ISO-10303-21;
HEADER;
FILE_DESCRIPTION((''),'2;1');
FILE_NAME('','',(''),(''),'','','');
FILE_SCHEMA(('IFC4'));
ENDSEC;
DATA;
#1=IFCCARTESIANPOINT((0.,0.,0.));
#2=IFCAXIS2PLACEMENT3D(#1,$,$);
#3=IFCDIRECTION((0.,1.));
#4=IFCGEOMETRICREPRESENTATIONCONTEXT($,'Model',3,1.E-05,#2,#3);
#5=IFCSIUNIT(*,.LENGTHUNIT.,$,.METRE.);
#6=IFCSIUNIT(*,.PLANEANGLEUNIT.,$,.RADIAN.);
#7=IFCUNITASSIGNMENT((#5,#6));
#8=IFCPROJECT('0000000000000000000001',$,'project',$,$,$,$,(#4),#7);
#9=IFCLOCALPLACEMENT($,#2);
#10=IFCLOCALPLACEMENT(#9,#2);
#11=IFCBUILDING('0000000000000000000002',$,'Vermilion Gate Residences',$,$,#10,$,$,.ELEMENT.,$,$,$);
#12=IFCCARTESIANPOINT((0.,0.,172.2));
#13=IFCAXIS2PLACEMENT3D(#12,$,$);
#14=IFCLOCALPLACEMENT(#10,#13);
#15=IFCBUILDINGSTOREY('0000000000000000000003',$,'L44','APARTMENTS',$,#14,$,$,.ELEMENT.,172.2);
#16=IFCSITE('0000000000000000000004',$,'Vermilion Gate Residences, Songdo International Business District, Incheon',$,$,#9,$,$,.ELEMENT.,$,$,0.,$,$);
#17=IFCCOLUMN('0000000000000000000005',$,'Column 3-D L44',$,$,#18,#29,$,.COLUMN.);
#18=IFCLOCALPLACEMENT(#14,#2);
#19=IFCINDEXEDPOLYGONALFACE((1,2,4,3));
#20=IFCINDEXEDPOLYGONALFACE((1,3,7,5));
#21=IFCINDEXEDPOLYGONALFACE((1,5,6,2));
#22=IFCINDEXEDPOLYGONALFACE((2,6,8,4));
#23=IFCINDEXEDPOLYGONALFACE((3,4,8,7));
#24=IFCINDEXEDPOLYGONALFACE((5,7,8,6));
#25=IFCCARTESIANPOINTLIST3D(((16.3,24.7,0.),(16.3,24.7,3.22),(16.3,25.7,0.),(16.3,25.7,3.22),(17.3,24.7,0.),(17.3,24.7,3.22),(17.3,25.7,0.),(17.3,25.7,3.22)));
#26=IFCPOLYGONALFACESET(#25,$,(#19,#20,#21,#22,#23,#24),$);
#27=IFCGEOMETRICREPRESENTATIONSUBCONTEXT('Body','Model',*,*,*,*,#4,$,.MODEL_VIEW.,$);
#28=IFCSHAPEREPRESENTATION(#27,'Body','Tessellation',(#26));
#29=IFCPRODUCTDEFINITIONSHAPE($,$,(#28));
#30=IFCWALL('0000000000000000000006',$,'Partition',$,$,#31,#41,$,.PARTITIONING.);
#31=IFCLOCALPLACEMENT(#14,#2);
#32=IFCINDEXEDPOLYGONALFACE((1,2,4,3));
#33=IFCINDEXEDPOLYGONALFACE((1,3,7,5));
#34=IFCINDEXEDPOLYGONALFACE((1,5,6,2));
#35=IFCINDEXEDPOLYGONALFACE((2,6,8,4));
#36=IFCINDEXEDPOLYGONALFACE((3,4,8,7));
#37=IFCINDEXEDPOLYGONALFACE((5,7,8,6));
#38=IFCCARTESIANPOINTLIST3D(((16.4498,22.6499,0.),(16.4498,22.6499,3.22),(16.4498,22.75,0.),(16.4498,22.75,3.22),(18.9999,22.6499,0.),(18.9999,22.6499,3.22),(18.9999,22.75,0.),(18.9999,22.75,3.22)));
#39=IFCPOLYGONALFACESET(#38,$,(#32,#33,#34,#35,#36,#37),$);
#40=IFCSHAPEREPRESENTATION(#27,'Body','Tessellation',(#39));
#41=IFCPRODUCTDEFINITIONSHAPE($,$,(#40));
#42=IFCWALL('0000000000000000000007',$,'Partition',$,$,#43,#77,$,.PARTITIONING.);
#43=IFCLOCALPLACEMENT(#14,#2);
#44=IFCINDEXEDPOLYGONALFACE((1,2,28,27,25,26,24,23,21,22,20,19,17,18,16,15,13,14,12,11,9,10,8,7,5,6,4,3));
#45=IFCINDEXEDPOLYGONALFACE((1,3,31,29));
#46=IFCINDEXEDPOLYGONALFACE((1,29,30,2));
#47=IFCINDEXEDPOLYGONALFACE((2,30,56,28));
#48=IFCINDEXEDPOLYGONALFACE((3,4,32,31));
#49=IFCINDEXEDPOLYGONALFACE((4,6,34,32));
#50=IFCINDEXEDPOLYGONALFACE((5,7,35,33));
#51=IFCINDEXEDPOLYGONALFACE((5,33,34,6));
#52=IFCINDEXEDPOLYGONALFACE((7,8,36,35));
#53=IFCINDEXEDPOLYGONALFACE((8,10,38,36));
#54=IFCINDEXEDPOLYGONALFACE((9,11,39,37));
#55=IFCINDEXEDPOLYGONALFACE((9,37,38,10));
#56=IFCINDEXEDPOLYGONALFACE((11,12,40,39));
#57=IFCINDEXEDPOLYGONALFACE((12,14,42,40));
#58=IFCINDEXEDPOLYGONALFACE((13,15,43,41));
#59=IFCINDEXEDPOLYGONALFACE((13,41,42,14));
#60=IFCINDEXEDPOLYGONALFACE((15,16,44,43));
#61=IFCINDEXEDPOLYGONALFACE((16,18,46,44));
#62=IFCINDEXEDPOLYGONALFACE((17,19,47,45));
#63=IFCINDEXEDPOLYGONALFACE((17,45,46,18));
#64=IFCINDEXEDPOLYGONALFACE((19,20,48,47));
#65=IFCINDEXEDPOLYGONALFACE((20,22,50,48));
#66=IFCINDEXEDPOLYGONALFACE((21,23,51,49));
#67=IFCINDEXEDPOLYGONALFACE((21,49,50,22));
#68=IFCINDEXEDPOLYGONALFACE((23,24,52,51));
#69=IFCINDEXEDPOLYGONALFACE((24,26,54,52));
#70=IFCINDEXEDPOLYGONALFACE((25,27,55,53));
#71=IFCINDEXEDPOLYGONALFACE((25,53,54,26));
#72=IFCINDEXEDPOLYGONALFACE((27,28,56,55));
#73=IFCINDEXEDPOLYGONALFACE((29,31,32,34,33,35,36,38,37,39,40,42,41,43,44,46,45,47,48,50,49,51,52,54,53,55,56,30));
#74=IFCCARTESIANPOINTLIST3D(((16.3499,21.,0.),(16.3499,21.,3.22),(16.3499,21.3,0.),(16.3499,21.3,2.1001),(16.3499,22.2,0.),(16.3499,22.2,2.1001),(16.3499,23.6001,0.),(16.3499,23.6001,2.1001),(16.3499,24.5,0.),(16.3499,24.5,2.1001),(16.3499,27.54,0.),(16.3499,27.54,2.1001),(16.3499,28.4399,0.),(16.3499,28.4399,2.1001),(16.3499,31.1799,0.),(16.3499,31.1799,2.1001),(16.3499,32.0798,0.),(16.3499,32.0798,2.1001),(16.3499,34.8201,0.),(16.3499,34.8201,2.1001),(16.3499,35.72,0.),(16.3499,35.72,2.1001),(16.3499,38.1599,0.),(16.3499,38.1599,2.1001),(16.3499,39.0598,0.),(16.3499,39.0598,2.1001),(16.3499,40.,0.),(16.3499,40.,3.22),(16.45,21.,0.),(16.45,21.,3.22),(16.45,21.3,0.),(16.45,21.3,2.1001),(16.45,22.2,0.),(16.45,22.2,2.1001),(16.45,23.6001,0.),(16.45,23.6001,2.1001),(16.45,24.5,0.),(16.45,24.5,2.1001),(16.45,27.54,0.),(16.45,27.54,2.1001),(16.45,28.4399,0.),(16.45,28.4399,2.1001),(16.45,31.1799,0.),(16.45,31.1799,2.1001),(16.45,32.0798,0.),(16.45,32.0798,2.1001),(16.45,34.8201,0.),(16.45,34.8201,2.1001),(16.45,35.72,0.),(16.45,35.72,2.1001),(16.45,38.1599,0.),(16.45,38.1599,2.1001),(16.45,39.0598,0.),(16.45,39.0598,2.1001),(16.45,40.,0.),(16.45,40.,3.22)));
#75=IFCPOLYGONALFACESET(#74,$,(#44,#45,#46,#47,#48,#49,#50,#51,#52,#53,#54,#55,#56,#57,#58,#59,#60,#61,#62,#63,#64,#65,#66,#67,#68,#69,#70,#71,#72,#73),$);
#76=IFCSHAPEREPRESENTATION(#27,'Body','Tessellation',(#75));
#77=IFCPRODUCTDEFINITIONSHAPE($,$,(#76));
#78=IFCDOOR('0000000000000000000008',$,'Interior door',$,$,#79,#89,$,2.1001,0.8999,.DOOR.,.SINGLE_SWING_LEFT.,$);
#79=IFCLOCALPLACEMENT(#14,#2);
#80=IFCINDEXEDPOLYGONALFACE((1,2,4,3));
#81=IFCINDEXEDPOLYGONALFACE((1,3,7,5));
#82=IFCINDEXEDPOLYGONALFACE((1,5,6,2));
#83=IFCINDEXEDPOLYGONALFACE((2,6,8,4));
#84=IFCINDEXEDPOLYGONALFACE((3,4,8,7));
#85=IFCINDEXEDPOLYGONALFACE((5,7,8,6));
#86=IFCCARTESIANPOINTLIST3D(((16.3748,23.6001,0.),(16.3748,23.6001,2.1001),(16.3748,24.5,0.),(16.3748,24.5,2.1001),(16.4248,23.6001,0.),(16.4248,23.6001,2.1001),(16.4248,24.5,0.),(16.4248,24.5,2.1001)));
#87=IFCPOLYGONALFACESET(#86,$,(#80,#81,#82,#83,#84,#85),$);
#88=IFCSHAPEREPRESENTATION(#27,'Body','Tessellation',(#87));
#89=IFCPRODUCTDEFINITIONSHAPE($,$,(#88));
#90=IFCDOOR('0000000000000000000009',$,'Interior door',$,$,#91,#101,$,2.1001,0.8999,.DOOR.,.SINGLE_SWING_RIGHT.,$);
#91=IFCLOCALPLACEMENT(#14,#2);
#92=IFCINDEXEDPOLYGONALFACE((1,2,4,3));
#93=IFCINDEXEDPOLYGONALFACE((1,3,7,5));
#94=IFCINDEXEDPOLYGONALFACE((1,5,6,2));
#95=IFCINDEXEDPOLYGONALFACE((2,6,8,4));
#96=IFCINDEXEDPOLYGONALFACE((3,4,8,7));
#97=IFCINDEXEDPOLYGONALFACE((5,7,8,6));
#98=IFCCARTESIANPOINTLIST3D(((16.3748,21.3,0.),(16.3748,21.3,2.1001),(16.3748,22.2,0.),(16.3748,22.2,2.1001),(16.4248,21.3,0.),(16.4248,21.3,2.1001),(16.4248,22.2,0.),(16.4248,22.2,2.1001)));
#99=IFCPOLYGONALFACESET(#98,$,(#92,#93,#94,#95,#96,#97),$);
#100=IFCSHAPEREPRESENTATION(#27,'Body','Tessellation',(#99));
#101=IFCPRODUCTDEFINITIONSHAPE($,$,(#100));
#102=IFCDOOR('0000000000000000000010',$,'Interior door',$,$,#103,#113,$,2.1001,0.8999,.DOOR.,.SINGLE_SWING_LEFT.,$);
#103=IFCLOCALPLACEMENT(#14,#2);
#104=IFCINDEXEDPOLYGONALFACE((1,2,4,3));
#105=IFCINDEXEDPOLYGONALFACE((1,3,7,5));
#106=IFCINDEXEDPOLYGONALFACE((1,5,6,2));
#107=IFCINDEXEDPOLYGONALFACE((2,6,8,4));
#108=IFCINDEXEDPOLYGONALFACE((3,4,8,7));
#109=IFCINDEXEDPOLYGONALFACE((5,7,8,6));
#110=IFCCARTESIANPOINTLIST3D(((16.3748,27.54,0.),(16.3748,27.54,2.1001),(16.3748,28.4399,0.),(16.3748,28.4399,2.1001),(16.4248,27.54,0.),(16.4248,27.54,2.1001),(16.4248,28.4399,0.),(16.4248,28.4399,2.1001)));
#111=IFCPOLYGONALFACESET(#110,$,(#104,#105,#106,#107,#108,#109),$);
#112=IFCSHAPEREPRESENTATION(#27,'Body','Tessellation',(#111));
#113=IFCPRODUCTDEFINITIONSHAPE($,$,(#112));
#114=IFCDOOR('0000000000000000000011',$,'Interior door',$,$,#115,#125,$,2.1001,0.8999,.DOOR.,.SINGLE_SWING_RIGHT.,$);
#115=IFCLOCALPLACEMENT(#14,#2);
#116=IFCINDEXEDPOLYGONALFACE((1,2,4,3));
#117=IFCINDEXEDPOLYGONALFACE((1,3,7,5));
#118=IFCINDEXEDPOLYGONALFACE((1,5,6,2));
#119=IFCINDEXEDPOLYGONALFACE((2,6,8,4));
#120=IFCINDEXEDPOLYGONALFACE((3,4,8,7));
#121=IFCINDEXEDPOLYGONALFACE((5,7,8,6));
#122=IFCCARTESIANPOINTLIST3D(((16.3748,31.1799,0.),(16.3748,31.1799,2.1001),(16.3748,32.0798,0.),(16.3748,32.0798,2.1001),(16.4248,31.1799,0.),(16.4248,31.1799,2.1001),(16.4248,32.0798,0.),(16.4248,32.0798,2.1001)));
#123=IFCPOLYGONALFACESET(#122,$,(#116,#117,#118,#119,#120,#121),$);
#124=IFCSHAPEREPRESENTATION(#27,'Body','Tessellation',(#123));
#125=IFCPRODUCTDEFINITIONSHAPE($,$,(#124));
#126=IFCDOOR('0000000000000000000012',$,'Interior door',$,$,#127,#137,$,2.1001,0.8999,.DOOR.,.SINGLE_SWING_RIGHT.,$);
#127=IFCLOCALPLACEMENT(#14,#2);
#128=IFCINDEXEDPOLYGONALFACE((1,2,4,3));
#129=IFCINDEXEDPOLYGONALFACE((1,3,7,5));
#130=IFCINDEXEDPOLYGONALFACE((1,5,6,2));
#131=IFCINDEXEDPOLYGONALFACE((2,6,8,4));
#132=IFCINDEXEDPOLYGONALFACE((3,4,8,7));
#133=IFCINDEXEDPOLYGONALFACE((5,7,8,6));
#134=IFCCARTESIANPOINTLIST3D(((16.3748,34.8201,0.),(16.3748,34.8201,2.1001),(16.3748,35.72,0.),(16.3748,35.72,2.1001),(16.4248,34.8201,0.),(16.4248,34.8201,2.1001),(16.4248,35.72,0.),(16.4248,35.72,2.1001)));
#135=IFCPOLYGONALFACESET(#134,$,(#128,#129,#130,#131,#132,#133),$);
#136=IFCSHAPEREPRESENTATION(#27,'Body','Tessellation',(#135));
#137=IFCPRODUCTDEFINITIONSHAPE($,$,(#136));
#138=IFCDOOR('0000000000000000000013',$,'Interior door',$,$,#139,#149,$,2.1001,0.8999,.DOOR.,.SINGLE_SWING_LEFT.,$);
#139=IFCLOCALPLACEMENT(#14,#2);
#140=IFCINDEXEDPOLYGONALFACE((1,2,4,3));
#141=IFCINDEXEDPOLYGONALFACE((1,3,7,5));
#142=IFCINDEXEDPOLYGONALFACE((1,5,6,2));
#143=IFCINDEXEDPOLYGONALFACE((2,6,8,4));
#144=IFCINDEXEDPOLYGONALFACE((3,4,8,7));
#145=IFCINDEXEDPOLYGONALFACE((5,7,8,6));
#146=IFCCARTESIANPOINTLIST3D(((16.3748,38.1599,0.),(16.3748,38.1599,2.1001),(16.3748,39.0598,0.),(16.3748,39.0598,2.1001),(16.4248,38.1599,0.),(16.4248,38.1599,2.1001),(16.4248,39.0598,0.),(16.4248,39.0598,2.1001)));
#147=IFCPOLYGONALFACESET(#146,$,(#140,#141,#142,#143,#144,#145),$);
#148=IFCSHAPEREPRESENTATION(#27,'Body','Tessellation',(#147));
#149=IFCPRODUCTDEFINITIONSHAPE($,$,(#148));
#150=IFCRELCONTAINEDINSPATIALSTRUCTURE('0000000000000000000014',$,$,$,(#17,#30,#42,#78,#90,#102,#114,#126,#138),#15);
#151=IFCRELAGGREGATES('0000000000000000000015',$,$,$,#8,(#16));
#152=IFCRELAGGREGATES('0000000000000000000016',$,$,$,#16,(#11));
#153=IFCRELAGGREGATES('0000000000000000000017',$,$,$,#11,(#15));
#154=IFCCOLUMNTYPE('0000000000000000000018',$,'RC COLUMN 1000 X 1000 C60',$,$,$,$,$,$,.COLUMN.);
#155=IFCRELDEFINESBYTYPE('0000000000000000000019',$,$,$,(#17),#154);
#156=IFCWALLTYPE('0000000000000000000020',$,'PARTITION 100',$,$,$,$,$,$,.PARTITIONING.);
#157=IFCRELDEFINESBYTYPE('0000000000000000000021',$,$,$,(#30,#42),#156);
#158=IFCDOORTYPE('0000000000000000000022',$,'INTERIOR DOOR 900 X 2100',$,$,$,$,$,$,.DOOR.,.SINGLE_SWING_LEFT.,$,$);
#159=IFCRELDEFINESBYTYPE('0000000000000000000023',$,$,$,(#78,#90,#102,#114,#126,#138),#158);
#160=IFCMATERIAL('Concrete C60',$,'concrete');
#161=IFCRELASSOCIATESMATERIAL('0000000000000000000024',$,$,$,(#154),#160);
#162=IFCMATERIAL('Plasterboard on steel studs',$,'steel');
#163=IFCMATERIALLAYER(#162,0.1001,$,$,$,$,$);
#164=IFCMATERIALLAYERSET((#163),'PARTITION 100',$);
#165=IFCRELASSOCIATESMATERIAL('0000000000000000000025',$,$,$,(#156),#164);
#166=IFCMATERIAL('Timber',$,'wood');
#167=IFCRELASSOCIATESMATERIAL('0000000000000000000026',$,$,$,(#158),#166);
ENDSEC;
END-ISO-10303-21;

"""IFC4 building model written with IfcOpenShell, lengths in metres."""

from ifc_helpers import new_model, si_unit, direction, frame, frame_2d, origin, origin_2d, place, context, subcontext, project, spatial, rectangle, extrude, material, layer, layer_set, material_profile, profile_set, type_object, element, fill, save


model = new_model("IFC4")

# Units and contexts
model_context = context("Model", 3, precision=1e-05, world=origin(), true_north=direction((0.0, 1.0)))
body_context = subcontext(model_context, "Body", "Model", "MODEL_VIEW")
ifc_project = project(units=[si_unit("LENGTHUNIT", "METRE"), si_unit("PLANEANGLEUNIT", "RADIAN")], contexts=[model_context])

# Site, building, storey
site_placement = place(None, origin())
site = spatial("IfcSite", under=ifc_project, at=site_placement, Name="Vermilion Gate Residences, Songdo International Business District, Incheon", CompositionType="ELEMENT", RefElevation=0.0)
building_placement = place(site_placement, origin())
building = spatial("IfcBuilding", under=site, at=building_placement, Name="Vermilion Gate Residences", CompositionType="ELEMENT")
storey_placement = place(building_placement, frame((0.0, 0.0, 172.2)))
storey = spatial("IfcBuildingStorey", under=building, at=storey_placement, Name="L44", Description="APARTMENTS", CompositionType="ELEMENT", Elevation=172.2)

# Column
ifc_material_1 = material(Name="Concrete C60", Category="concrete")
ifc_material_profile = material_profile(ifc_material_1, rectangle(XDim=1.0, YDim=1.0, at=origin_2d()), Name="RC-1000x1000")
ifc_profile_set = profile_set([ifc_material_profile], Name="Concrete C60")
column_type = type_object("IfcColumnType", Name="RC COLUMN 1000 X 1000 C60", PredefinedType="COLUMN", material=ifc_profile_set)
column_placement = place(storey_placement, frame((16.8, 25.2, 0.0), z_axis=(0.0, 0.0, 1.0), x_axis=(1.0, 0.0, 0.0)))
element("IfcColumn", 1, at=column_placement, inside=storey, type_object=column_type, Name="Column 3-D L44", PredefinedType="COLUMN", context=body_context, shape_type="SweptSolid", body=[
    extrude(rectangle(XDim=1.0, YDim=1.0, at=origin_2d()), origin(), (0.0, 0.0, 1.0), 3.22),
])

# Wall
ifc_material_2 = material(Name="Plasterboard on steel studs", Category="steel")
ifc_layer_1 = layer(ifc_material_2, 0.1001)
ifc_layer_set_1 = layer_set([ifc_layer_1], Name="PARTITION 100")
wall_type_1 = type_object("IfcWallType", Name="PARTITION 100", PredefinedType="PARTITIONING", material=ifc_layer_set_1)
wall_1_placement = place(storey_placement, frame((16.45, 22.7, 0.0), z_axis=(0.0, 0.0, 1.0), x_axis=(1.0, 0.0, 0.0)))
element("IfcWall", 2, at=wall_1_placement, inside=storey, type_object=wall_type_1, Name="Partition", PredefinedType="PARTITIONING", context=body_context, shape_type="SweptSolid", body=[
    extrude(rectangle(XDim=2.55, YDim=0.1001, at=frame_2d((1.2749, 0.0))), origin(), (0.0, 0.0, 1.0), 3.22),
])

# Wall, openings, doors
wall_2_placement = place(storey_placement, frame((16.3999, 21.0, 0.0), z_axis=(0.0, 0.0, 1.0), x_axis=(0.0, 1.0, 0.0)))
wall_2 = element("IfcWall", 3, at=wall_2_placement, inside=storey, type_object=wall_type_1, Name="Partition", PredefinedType="PARTITIONING", context=body_context, shape_type="SweptSolid", body=[
    extrude(rectangle(XDim=19.0, YDim=0.1001, at=frame_2d((9.5, 0.0))), origin(), (0.0, 0.0, 1.0), 3.22),
])
opening_1_placement = place(wall_2_placement, frame((2.6001, 0.0, 0.0)))
opening_1 = element("IfcOpeningElement", 4, at=opening_1_placement, cuts=wall_2, PredefinedType="OPENING", context=body_context, shape_type="SweptSolid", body=[
    extrude(rectangle(XDim=0.8999, YDim=2.1001, at=frame_2d((0.45, 1.05))), frame((0.0, 0.0601, 0.0), z_axis=(0.0, -1.0, 0.0), x_axis=(1.0, 0.0, 0.0)), (0.0, 0.0, 1.0), 0.1201),
])
opening_2_placement = place(wall_2_placement, frame((0.3, 0.0, 0.0)))
opening_2 = element("IfcOpeningElement", 5, at=opening_2_placement, cuts=wall_2, PredefinedType="OPENING", context=body_context, shape_type="SweptSolid", body=[
    extrude(rectangle(XDim=0.8999, YDim=2.1001, at=frame_2d((0.45, 1.05))), frame((0.0, 0.0601, 0.0), z_axis=(0.0, -1.0, 0.0), x_axis=(1.0, 0.0, 0.0)), (0.0, 0.0, 1.0), 0.1201),
])
opening_3_placement = place(wall_2_placement, frame((6.54, 0.0, 0.0)))
opening_3 = element("IfcOpeningElement", 6, at=opening_3_placement, cuts=wall_2, PredefinedType="OPENING", context=body_context, shape_type="SweptSolid", body=[
    extrude(rectangle(XDim=0.8999, YDim=2.1001, at=frame_2d((0.45, 1.05))), frame((0.0, 0.0601, 0.0), z_axis=(0.0, -1.0, 0.0), x_axis=(1.0, 0.0, 0.0)), (0.0, 0.0, 1.0), 0.1201),
])
opening_4_placement = place(wall_2_placement, frame((10.1799, 0.0, 0.0)))
opening_4 = element("IfcOpeningElement", 7, at=opening_4_placement, cuts=wall_2, PredefinedType="OPENING", context=body_context, shape_type="SweptSolid", body=[
    extrude(rectangle(XDim=0.8999, YDim=2.1001, at=frame_2d((0.45, 1.05))), frame((0.0, 0.0601, 0.0), z_axis=(0.0, -1.0, 0.0), x_axis=(1.0, 0.0, 0.0)), (0.0, 0.0, 1.0), 0.1201),
])
opening_5_placement = place(wall_2_placement, frame((13.8201, 0.0, 0.0)))
opening_5 = element("IfcOpeningElement", 8, at=opening_5_placement, cuts=wall_2, PredefinedType="OPENING", context=body_context, shape_type="SweptSolid", body=[
    extrude(rectangle(XDim=0.8999, YDim=2.1001, at=frame_2d((0.45, 1.05))), frame((0.0, 0.0601, 0.0), z_axis=(0.0, -1.0, 0.0), x_axis=(1.0, 0.0, 0.0)), (0.0, 0.0, 1.0), 0.1201),
])
opening_6_placement = place(wall_2_placement, frame((17.1599, 0.0, 0.0)))
opening_6 = element("IfcOpeningElement", 9, at=opening_6_placement, cuts=wall_2, PredefinedType="OPENING", context=body_context, shape_type="SweptSolid", body=[
    extrude(rectangle(XDim=0.8999, YDim=2.1001, at=frame_2d((0.45, 1.05))), frame((0.0, 0.0601, 0.0), z_axis=(0.0, -1.0, 0.0), x_axis=(1.0, 0.0, 0.0)), (0.0, 0.0, 1.0), 0.1201),
])
ifc_material_3 = material(Name="Timber", Category="wood")
door_type_1 = type_object("IfcDoorType", Name="INTERIOR DOOR 900 X 2100", OperationType="SINGLE_SWING_LEFT", PredefinedType="DOOR", material=ifc_material_3)
door_1_placement = place(opening_1_placement, frame((0.8999, 0.0, 0.0), z_axis=(0.0, 0.0, 1.0), x_axis=(-1.0, 0.0, 0.0)))
door_1 = element("IfcDoor", 10, at=door_1_placement, inside=storey, type_object=door_type_1, Name="Interior door", OperationType="SINGLE_SWING_LEFT", OverallHeight=2.1001, OverallWidth=0.8999, PredefinedType="DOOR", context=body_context, shape_type="SweptSolid", body=[
    extrude(rectangle(XDim=0.8999, YDim=2.1001, at=frame_2d((0.45, 1.05))), frame((0.0, 0.0249, 0.0), z_axis=(0.0, -1.0, 0.0), x_axis=(1.0, 0.0, 0.0)), (0.0, 0.0, 1.0), 0.05),
])
fill(opening_1, door_1)
door_2_placement = place(opening_2_placement, frame((0.8999, 0.0, 0.0), z_axis=(0.0, 0.0, 1.0), x_axis=(-1.0, 0.0, 0.0)))
door_2 = element("IfcDoor", 11, at=door_2_placement, inside=storey, type_object=door_type_1, Name="Interior door", OperationType="SINGLE_SWING_RIGHT", OverallHeight=2.1001, OverallWidth=0.8999, PredefinedType="DOOR", context=body_context, shape_type="SweptSolid", body=[
    extrude(rectangle(XDim=0.8999, YDim=2.1001, at=frame_2d((0.45, 1.05))), frame((0.0, 0.0249, 0.0), z_axis=(0.0, -1.0, 0.0), x_axis=(1.0, 0.0, 0.0)), (0.0, 0.0, 1.0), 0.05),
])
fill(opening_2, door_2)
door_3_placement = place(opening_3_placement, frame((0.8999, 0.0, 0.0), z_axis=(0.0, 0.0, 1.0), x_axis=(-1.0, 0.0, 0.0)))
door_3 = element("IfcDoor", 12, at=door_3_placement, inside=storey, type_object=door_type_1, Name="Interior door", OperationType="SINGLE_SWING_LEFT", OverallHeight=2.1001, OverallWidth=0.8999, PredefinedType="DOOR", context=body_context, shape_type="SweptSolid", body=[
    extrude(rectangle(XDim=0.8999, YDim=2.1001, at=frame_2d((0.45, 1.05))), frame((0.0, 0.0249, 0.0), z_axis=(0.0, -1.0, 0.0), x_axis=(1.0, 0.0, 0.0)), (0.0, 0.0, 1.0), 0.05),
])
fill(opening_3, door_3)
door_4_placement = place(opening_4_placement, frame((0.8999, 0.0, 0.0), z_axis=(0.0, 0.0, 1.0), x_axis=(-1.0, 0.0, 0.0)))
door_4 = element("IfcDoor", 13, at=door_4_placement, inside=storey, type_object=door_type_1, Name="Interior door", OperationType="SINGLE_SWING_RIGHT", OverallHeight=2.1001, OverallWidth=0.8999, PredefinedType="DOOR", context=body_context, shape_type="SweptSolid", body=[
    extrude(rectangle(XDim=0.8999, YDim=2.1001, at=frame_2d((0.45, 1.05))), frame((0.0, 0.0249, 0.0), z_axis=(0.0, -1.0, 0.0), x_axis=(1.0, 0.0, 0.0)), (0.0, 0.0, 1.0), 0.05),
])
fill(opening_4, door_4)
door_5_placement = place(opening_5_placement, frame((0.8999, 0.0, 0.0), z_axis=(0.0, 0.0, 1.0), x_axis=(-1.0, 0.0, 0.0)))
door_5 = element("IfcDoor", 14, at=door_5_placement, inside=storey, type_object=door_type_1, Name="Interior door", OperationType="SINGLE_SWING_RIGHT", OverallHeight=2.1001, OverallWidth=0.8999, PredefinedType="DOOR", context=body_context, shape_type="SweptSolid", body=[
    extrude(rectangle(XDim=0.8999, YDim=2.1001, at=frame_2d((0.45, 1.05))), frame((0.0, 0.0249, 0.0), z_axis=(0.0, -1.0, 0.0), x_axis=(1.0, 0.0, 0.0)), (0.0, 0.0, 1.0), 0.05),
])
fill(opening_5, door_5)
door_6_placement = place(opening_6_placement, frame((0.8999, 0.0, 0.0), z_axis=(0.0, 0.0, 1.0), x_axis=(-1.0, 0.0, 0.0)))
door_6 = element("IfcDoor", 15, at=door_6_placement, inside=storey, type_object=door_type_1, Name="Interior door", OperationType="SINGLE_SWING_LEFT", OverallHeight=2.1001, OverallWidth=0.8999, PredefinedType="DOOR", context=body_context, shape_type="SweptSolid", body=[
    extrude(rectangle(XDim=0.8999, YDim=2.1001, at=frame_2d((0.45, 1.05))), frame((0.0, 0.0249, 0.0), z_axis=(0.0, -1.0, 0.0), x_axis=(1.0, 0.0, 0.0)), (0.0, 0.0, 1.0), 0.05),
])
fill(opening_6, door_6)

save(model, "model.ifc")
